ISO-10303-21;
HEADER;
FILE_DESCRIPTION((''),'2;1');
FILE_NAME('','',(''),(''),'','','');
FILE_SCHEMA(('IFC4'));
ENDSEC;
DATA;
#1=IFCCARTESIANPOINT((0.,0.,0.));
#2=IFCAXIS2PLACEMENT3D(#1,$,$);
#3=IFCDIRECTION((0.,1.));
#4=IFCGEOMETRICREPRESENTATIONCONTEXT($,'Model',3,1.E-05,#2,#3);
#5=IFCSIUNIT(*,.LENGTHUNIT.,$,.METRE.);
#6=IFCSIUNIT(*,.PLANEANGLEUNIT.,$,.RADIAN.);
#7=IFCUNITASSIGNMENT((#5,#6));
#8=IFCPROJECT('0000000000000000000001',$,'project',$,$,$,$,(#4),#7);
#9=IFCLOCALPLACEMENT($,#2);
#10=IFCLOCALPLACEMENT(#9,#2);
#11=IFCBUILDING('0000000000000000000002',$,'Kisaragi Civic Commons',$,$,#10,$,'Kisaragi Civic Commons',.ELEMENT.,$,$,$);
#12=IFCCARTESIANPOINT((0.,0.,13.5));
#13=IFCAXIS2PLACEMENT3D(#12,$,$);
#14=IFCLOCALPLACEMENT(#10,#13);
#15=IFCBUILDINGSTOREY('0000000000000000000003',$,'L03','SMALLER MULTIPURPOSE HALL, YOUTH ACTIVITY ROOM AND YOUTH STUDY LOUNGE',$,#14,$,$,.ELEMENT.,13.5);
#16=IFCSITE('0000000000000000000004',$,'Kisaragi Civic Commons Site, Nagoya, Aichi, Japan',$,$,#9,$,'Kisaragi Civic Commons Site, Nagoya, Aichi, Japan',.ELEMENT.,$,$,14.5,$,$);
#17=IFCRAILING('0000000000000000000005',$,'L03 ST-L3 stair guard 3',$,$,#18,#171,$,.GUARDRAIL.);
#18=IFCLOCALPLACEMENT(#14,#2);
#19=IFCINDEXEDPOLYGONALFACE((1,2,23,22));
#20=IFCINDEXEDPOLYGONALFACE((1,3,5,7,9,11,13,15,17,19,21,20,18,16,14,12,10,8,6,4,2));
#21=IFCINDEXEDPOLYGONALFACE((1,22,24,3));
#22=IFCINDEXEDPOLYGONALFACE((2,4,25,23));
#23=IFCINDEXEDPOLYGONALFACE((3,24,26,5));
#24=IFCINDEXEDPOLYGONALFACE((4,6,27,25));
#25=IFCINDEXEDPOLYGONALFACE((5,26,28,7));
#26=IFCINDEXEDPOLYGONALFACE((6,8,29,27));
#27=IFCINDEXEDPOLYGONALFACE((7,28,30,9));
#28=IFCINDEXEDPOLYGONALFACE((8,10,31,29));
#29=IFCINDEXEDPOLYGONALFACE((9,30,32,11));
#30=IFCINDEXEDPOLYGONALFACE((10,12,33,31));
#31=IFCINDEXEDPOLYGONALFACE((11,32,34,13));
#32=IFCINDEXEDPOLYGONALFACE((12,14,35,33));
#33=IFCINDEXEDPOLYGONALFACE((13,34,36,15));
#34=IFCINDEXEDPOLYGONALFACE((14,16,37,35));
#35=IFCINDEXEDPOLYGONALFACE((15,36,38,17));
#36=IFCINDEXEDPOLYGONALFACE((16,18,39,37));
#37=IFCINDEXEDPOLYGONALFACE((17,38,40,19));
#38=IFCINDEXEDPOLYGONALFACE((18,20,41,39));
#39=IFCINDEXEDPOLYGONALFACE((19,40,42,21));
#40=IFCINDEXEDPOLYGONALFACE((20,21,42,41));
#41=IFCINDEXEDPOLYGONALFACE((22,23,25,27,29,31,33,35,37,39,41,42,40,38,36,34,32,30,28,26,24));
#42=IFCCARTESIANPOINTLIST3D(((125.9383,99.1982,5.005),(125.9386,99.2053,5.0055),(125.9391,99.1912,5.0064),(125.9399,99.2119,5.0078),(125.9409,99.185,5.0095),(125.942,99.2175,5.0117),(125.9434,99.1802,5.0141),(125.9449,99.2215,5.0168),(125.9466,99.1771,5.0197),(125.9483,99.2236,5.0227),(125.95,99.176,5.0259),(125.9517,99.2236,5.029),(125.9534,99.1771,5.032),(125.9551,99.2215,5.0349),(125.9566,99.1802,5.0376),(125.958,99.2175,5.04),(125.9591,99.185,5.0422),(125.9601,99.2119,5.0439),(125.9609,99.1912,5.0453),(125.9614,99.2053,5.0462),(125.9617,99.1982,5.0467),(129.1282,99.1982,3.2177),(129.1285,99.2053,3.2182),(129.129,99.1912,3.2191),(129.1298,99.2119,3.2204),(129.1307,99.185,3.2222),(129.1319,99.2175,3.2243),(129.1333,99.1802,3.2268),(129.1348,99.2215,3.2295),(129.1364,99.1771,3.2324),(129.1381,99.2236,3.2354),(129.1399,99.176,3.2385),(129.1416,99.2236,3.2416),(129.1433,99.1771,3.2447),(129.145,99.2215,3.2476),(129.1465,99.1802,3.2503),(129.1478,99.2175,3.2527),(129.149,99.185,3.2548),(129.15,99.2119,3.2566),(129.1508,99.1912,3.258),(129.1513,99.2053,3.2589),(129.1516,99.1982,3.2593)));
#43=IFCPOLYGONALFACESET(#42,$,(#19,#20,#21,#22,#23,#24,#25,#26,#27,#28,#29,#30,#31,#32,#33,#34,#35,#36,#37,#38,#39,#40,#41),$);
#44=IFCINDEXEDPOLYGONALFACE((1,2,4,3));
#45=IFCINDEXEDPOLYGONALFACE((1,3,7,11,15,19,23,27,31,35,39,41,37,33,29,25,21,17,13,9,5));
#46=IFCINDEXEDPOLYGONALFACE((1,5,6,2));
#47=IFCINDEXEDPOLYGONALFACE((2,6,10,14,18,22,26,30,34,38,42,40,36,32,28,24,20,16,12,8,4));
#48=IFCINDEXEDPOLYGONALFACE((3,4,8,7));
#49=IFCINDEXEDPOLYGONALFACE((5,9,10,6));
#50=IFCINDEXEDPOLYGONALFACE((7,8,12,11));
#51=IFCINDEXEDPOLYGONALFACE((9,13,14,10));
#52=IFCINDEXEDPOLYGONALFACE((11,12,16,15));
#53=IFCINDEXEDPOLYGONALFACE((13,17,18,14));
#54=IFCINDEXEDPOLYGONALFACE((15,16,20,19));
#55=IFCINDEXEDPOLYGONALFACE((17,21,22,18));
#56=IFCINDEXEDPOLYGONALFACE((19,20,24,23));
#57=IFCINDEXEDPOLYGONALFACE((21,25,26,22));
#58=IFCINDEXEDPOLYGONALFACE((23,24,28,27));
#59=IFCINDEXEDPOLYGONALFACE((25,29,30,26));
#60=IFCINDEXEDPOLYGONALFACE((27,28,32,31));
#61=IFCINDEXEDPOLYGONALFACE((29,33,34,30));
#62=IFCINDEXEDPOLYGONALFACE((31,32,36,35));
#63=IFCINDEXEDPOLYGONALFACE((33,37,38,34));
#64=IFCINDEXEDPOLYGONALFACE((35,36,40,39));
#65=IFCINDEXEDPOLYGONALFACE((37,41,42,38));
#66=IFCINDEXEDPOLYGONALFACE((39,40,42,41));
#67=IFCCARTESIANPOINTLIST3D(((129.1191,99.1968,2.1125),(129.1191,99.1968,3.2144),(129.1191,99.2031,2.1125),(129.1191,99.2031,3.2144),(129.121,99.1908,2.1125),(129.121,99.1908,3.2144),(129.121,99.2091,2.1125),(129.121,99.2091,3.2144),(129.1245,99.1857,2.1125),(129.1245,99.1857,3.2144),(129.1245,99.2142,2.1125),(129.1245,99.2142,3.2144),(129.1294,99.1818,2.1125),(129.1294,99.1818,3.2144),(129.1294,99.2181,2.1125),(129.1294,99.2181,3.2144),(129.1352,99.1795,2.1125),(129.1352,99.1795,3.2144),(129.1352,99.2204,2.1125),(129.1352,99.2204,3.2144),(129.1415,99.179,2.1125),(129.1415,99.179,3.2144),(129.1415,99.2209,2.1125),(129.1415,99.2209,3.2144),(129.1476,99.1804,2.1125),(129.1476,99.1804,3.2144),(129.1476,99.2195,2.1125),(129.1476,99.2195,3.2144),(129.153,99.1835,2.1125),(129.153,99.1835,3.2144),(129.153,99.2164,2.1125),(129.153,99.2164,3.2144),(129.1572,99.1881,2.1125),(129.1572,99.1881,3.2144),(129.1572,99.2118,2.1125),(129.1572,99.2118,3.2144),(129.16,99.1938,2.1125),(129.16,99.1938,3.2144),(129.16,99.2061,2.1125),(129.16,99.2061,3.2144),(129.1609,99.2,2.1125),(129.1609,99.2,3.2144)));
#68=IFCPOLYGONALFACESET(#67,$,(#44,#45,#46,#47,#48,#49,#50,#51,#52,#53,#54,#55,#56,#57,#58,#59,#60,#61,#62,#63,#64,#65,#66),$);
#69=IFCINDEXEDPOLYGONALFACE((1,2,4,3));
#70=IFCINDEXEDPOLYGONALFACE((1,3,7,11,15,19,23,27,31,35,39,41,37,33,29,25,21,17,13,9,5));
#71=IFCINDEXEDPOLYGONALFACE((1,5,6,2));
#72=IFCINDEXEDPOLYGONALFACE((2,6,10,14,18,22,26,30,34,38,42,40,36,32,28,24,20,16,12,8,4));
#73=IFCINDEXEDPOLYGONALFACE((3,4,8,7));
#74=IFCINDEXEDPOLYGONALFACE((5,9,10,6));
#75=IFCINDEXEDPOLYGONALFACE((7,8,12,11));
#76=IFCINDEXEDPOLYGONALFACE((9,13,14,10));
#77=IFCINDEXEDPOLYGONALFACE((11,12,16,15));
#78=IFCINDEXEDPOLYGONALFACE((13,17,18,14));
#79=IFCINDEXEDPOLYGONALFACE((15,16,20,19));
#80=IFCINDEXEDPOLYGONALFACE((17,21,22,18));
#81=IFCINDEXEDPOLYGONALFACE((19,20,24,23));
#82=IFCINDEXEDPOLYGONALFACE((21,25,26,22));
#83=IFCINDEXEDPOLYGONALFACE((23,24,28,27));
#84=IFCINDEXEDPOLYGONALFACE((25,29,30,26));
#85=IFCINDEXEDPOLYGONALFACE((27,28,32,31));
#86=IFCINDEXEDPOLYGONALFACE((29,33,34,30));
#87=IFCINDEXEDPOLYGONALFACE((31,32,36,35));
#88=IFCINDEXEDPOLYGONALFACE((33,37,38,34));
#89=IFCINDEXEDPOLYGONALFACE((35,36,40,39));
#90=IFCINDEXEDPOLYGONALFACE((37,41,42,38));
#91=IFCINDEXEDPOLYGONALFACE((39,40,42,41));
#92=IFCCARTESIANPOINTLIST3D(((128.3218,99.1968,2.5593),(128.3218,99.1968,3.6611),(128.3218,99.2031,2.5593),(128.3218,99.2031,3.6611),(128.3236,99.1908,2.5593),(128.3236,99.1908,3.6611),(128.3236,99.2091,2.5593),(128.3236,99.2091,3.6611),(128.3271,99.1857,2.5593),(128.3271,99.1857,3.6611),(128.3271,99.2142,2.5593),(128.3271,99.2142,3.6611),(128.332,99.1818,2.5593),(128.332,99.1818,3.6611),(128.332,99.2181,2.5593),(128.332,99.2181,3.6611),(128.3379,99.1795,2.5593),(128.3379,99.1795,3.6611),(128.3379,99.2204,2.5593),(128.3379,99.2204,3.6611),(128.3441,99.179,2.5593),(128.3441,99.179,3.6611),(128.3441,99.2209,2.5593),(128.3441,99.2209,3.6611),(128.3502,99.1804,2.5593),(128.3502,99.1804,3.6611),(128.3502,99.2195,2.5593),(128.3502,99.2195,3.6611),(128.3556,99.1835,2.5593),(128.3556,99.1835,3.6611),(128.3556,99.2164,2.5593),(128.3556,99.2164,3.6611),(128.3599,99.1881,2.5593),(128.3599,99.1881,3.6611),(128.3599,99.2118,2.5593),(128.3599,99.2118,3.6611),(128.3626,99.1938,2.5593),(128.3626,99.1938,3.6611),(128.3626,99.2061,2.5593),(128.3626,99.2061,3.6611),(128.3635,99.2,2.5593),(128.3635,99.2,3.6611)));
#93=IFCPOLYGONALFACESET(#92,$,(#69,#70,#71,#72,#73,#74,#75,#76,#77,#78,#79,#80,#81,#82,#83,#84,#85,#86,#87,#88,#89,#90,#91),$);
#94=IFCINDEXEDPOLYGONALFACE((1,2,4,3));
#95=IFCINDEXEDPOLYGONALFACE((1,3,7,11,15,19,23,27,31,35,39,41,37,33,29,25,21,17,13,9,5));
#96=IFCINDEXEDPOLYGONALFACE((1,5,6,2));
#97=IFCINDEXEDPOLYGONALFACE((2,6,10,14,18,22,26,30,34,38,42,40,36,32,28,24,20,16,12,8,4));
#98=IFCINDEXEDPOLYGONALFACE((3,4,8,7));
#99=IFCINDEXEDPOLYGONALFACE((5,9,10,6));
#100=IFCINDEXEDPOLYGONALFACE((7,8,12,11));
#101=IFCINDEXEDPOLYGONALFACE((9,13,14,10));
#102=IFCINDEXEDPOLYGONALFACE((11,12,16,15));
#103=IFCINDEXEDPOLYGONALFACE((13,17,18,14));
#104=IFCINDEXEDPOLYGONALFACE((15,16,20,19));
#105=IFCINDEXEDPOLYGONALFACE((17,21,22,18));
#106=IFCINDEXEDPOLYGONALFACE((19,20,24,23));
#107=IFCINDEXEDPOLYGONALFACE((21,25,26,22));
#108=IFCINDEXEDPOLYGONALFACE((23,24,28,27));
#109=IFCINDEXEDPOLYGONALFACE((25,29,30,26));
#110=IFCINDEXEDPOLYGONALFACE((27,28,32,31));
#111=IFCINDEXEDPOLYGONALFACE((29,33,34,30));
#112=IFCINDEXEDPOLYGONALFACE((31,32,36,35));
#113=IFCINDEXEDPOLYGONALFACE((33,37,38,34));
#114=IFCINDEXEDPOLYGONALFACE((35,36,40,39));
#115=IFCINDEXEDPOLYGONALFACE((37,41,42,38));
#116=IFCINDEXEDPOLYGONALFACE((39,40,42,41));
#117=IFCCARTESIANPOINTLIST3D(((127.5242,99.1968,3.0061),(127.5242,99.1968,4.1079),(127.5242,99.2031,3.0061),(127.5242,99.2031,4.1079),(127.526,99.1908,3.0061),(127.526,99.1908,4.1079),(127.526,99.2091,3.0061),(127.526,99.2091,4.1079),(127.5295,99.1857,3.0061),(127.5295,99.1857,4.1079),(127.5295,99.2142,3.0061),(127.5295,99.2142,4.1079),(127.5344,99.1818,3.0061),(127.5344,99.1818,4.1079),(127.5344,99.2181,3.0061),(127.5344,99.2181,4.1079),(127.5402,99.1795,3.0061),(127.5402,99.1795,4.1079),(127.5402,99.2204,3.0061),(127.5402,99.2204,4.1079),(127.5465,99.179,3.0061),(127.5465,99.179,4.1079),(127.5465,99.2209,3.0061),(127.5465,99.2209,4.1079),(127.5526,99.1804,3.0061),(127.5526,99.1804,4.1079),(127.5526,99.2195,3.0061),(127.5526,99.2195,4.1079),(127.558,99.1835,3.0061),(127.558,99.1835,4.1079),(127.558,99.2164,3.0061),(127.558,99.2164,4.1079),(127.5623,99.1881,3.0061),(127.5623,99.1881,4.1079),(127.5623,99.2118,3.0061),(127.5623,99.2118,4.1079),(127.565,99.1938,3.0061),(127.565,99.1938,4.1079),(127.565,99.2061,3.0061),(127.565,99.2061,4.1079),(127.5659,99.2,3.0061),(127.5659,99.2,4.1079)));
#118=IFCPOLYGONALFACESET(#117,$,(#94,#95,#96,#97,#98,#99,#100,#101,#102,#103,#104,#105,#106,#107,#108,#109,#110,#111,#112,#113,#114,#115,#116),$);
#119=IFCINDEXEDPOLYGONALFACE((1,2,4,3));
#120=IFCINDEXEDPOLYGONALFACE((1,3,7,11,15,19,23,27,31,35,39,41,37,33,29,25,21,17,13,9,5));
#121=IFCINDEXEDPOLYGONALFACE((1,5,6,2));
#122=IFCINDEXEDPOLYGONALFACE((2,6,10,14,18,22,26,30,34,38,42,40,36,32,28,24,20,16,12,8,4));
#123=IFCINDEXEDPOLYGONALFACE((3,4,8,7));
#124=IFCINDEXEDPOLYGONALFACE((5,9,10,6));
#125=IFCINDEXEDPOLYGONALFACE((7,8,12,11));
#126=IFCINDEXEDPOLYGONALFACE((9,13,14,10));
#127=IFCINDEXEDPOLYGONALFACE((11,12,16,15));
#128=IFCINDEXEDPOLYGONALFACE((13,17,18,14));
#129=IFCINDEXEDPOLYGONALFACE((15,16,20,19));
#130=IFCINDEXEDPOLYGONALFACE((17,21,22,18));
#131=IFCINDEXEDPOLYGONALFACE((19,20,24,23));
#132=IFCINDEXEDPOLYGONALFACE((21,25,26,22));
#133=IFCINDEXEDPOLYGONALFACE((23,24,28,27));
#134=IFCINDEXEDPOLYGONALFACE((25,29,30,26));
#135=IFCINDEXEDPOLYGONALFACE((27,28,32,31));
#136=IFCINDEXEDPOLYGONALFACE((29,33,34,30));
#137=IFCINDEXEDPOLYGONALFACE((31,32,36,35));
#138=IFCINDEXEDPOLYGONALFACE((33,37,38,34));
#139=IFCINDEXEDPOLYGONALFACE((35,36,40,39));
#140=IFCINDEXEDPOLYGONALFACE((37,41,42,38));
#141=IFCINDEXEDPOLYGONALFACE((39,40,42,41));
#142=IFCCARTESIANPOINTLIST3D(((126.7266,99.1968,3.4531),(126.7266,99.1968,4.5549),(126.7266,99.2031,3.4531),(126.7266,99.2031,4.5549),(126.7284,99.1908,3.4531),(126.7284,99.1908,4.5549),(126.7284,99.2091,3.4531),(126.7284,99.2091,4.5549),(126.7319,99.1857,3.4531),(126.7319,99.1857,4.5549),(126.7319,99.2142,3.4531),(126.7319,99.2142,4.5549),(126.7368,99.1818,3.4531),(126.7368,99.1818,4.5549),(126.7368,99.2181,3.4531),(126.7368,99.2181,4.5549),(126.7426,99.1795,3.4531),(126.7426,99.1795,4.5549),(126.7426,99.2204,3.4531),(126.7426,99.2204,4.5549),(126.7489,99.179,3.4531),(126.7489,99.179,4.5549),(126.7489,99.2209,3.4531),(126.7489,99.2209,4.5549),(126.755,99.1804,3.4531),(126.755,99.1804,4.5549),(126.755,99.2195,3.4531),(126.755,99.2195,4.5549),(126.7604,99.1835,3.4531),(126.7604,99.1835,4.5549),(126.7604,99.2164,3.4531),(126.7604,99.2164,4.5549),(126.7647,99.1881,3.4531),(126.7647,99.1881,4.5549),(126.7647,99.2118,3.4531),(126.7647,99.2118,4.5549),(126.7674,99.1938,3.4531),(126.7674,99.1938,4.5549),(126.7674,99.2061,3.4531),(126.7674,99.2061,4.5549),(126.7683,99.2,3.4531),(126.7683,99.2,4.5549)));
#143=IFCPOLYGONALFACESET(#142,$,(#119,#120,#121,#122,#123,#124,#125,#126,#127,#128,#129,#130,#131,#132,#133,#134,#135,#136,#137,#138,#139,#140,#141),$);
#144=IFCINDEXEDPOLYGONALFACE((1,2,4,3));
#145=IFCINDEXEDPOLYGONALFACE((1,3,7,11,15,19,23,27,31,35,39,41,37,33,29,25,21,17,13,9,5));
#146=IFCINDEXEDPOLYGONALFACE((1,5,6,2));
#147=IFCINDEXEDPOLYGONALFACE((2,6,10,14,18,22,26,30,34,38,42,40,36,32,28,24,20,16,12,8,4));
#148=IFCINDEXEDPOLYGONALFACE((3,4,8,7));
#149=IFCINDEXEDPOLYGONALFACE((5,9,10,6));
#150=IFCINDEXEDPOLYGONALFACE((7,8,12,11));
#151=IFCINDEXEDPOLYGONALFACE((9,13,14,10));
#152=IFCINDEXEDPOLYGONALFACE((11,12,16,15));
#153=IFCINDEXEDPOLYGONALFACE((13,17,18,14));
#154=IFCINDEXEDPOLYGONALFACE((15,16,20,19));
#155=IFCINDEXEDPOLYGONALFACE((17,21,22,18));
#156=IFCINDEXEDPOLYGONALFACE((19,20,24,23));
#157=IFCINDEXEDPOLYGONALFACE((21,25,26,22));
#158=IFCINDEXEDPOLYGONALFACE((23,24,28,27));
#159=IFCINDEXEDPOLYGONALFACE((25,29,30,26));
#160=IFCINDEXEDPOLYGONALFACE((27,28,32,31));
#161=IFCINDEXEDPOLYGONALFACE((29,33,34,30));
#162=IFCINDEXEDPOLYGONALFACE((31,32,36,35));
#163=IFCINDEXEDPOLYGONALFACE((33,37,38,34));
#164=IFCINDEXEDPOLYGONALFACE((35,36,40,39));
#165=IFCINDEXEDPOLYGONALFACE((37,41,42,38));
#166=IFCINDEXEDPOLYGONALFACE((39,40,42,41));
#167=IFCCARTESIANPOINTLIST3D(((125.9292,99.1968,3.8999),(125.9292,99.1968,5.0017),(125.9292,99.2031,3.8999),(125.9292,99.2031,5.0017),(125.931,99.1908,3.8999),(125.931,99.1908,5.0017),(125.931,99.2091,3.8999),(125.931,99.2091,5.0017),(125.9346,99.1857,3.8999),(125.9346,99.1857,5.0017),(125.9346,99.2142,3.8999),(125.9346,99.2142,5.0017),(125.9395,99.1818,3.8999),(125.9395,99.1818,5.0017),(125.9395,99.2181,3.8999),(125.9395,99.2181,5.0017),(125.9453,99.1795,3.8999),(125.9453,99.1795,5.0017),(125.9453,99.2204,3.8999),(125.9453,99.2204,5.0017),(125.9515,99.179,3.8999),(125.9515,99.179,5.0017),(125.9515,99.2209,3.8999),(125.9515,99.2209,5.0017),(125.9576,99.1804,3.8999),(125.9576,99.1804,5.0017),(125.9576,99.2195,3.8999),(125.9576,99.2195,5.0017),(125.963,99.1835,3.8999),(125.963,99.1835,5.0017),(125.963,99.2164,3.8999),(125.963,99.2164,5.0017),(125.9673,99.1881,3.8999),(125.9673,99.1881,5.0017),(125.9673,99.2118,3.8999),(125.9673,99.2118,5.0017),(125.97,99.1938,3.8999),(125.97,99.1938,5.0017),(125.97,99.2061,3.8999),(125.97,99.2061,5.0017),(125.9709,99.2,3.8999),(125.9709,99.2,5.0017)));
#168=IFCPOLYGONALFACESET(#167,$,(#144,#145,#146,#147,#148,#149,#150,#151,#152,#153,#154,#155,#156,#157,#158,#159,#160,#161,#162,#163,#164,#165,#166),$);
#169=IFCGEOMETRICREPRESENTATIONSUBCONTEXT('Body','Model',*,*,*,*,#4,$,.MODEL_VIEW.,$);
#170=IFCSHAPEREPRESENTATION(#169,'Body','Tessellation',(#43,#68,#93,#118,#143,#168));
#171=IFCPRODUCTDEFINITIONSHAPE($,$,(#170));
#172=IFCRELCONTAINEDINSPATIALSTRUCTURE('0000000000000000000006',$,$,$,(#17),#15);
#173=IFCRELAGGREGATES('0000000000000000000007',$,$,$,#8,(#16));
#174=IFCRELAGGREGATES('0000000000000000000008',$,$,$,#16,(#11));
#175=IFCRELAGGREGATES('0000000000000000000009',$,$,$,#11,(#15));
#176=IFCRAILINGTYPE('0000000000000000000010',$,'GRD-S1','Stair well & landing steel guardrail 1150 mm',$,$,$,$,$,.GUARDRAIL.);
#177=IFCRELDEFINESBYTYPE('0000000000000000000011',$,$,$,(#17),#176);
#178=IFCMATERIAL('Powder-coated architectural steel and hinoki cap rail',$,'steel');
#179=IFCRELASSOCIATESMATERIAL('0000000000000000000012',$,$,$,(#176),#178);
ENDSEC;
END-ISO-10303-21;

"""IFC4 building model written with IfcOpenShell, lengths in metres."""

from ifc_helpers import new_model, si_unit, direction, frame, origin, origin_2d, place, context, subcontext, project, spatial, circle, extrude, material, type_object, element, save


model = new_model("IFC4")

# Units and contexts
model_context = context("Model", 3, precision=1e-05, world=origin(), true_north=direction((0.0, 1.0)))
body_context = subcontext(model_context, "Body", "Model", "MODEL_VIEW")
ifc_project = project(units=[si_unit("LENGTHUNIT", "METRE"), si_unit("PLANEANGLEUNIT", "RADIAN")], contexts=[model_context])

# Site, building, storey
site_placement = place(None, origin())
site = spatial("IfcSite", under=ifc_project, at=site_placement, Name="Kisaragi Civic Commons Site, Nagoya, Aichi, Japan", LongName="Kisaragi Civic Commons Site, Nagoya, Aichi, Japan", CompositionType="ELEMENT", RefElevation=14.5)
building_placement = place(site_placement, origin())
building = spatial("IfcBuilding", under=site, at=building_placement, Name="Kisaragi Civic Commons", LongName="Kisaragi Civic Commons", CompositionType="ELEMENT")
storey_placement = place(building_placement, frame((0.0, 0.0, 13.5)))
storey = spatial("IfcBuildingStorey", under=building, at=storey_placement, Name="L03", Description="SMALLER MULTIPURPOSE HALL, YOUTH ACTIVITY ROOM AND YOUTH STUDY LOUNGE", CompositionType="ELEMENT", Elevation=13.5)

# Railing
ifc_material_1 = material(Name="Powder-coated architectural steel and hinoki cap rail", Category="steel")
railing_type_1 = type_object("IfcRailingType", Name="GRD-S1", Description="Stair well & landing steel guardrail 1150 mm", PredefinedType="GUARDRAIL", material=ifc_material_1)
railing_1_placement = place(storey_placement, frame((129.1399, 99.2, 2.1125)))
element("IfcRailing", 1, at=railing_1_placement, inside=storey, type_object=railing_type_1, Name="L03 ST-L3 stair guard 3", PredefinedType="GUARDRAIL", context=body_context, shape_type="SweptSolid", body=[
    extrude(circle(Radius=0.0239, at=origin_2d()), frame((0.0, 0.0, 1.126), z_axis=(-0.872391, 0.0, 0.488809), x_axis=(0.0, -1.0, 0.0)), (0.0, 0.0, 1.0), 3.6565),
    extrude(circle(Radius=0.021, at=origin_2d()), origin(), (0.0, 0.0, 1.0), 1.1018),
    extrude(circle(Radius=0.021, at=origin_2d()), frame((-0.7974, 0.0, 0.4468)), (0.0, 0.0, 1.0), 1.1018),
    extrude(circle(Radius=0.021, at=origin_2d()), frame((-1.595, 0.0, 0.8936)), (0.0, 0.0, 1.0), 1.1018),
    extrude(circle(Radius=0.021, at=origin_2d()), frame((-2.3926, 0.0, 1.3406)), (0.0, 0.0, 1.0), 1.1018),
    extrude(circle(Radius=0.021, at=origin_2d()), frame((-3.1899, 0.0, 1.7874)), (0.0, 0.0, 1.0), 1.1018),
])

save(model, "model.ifc")
